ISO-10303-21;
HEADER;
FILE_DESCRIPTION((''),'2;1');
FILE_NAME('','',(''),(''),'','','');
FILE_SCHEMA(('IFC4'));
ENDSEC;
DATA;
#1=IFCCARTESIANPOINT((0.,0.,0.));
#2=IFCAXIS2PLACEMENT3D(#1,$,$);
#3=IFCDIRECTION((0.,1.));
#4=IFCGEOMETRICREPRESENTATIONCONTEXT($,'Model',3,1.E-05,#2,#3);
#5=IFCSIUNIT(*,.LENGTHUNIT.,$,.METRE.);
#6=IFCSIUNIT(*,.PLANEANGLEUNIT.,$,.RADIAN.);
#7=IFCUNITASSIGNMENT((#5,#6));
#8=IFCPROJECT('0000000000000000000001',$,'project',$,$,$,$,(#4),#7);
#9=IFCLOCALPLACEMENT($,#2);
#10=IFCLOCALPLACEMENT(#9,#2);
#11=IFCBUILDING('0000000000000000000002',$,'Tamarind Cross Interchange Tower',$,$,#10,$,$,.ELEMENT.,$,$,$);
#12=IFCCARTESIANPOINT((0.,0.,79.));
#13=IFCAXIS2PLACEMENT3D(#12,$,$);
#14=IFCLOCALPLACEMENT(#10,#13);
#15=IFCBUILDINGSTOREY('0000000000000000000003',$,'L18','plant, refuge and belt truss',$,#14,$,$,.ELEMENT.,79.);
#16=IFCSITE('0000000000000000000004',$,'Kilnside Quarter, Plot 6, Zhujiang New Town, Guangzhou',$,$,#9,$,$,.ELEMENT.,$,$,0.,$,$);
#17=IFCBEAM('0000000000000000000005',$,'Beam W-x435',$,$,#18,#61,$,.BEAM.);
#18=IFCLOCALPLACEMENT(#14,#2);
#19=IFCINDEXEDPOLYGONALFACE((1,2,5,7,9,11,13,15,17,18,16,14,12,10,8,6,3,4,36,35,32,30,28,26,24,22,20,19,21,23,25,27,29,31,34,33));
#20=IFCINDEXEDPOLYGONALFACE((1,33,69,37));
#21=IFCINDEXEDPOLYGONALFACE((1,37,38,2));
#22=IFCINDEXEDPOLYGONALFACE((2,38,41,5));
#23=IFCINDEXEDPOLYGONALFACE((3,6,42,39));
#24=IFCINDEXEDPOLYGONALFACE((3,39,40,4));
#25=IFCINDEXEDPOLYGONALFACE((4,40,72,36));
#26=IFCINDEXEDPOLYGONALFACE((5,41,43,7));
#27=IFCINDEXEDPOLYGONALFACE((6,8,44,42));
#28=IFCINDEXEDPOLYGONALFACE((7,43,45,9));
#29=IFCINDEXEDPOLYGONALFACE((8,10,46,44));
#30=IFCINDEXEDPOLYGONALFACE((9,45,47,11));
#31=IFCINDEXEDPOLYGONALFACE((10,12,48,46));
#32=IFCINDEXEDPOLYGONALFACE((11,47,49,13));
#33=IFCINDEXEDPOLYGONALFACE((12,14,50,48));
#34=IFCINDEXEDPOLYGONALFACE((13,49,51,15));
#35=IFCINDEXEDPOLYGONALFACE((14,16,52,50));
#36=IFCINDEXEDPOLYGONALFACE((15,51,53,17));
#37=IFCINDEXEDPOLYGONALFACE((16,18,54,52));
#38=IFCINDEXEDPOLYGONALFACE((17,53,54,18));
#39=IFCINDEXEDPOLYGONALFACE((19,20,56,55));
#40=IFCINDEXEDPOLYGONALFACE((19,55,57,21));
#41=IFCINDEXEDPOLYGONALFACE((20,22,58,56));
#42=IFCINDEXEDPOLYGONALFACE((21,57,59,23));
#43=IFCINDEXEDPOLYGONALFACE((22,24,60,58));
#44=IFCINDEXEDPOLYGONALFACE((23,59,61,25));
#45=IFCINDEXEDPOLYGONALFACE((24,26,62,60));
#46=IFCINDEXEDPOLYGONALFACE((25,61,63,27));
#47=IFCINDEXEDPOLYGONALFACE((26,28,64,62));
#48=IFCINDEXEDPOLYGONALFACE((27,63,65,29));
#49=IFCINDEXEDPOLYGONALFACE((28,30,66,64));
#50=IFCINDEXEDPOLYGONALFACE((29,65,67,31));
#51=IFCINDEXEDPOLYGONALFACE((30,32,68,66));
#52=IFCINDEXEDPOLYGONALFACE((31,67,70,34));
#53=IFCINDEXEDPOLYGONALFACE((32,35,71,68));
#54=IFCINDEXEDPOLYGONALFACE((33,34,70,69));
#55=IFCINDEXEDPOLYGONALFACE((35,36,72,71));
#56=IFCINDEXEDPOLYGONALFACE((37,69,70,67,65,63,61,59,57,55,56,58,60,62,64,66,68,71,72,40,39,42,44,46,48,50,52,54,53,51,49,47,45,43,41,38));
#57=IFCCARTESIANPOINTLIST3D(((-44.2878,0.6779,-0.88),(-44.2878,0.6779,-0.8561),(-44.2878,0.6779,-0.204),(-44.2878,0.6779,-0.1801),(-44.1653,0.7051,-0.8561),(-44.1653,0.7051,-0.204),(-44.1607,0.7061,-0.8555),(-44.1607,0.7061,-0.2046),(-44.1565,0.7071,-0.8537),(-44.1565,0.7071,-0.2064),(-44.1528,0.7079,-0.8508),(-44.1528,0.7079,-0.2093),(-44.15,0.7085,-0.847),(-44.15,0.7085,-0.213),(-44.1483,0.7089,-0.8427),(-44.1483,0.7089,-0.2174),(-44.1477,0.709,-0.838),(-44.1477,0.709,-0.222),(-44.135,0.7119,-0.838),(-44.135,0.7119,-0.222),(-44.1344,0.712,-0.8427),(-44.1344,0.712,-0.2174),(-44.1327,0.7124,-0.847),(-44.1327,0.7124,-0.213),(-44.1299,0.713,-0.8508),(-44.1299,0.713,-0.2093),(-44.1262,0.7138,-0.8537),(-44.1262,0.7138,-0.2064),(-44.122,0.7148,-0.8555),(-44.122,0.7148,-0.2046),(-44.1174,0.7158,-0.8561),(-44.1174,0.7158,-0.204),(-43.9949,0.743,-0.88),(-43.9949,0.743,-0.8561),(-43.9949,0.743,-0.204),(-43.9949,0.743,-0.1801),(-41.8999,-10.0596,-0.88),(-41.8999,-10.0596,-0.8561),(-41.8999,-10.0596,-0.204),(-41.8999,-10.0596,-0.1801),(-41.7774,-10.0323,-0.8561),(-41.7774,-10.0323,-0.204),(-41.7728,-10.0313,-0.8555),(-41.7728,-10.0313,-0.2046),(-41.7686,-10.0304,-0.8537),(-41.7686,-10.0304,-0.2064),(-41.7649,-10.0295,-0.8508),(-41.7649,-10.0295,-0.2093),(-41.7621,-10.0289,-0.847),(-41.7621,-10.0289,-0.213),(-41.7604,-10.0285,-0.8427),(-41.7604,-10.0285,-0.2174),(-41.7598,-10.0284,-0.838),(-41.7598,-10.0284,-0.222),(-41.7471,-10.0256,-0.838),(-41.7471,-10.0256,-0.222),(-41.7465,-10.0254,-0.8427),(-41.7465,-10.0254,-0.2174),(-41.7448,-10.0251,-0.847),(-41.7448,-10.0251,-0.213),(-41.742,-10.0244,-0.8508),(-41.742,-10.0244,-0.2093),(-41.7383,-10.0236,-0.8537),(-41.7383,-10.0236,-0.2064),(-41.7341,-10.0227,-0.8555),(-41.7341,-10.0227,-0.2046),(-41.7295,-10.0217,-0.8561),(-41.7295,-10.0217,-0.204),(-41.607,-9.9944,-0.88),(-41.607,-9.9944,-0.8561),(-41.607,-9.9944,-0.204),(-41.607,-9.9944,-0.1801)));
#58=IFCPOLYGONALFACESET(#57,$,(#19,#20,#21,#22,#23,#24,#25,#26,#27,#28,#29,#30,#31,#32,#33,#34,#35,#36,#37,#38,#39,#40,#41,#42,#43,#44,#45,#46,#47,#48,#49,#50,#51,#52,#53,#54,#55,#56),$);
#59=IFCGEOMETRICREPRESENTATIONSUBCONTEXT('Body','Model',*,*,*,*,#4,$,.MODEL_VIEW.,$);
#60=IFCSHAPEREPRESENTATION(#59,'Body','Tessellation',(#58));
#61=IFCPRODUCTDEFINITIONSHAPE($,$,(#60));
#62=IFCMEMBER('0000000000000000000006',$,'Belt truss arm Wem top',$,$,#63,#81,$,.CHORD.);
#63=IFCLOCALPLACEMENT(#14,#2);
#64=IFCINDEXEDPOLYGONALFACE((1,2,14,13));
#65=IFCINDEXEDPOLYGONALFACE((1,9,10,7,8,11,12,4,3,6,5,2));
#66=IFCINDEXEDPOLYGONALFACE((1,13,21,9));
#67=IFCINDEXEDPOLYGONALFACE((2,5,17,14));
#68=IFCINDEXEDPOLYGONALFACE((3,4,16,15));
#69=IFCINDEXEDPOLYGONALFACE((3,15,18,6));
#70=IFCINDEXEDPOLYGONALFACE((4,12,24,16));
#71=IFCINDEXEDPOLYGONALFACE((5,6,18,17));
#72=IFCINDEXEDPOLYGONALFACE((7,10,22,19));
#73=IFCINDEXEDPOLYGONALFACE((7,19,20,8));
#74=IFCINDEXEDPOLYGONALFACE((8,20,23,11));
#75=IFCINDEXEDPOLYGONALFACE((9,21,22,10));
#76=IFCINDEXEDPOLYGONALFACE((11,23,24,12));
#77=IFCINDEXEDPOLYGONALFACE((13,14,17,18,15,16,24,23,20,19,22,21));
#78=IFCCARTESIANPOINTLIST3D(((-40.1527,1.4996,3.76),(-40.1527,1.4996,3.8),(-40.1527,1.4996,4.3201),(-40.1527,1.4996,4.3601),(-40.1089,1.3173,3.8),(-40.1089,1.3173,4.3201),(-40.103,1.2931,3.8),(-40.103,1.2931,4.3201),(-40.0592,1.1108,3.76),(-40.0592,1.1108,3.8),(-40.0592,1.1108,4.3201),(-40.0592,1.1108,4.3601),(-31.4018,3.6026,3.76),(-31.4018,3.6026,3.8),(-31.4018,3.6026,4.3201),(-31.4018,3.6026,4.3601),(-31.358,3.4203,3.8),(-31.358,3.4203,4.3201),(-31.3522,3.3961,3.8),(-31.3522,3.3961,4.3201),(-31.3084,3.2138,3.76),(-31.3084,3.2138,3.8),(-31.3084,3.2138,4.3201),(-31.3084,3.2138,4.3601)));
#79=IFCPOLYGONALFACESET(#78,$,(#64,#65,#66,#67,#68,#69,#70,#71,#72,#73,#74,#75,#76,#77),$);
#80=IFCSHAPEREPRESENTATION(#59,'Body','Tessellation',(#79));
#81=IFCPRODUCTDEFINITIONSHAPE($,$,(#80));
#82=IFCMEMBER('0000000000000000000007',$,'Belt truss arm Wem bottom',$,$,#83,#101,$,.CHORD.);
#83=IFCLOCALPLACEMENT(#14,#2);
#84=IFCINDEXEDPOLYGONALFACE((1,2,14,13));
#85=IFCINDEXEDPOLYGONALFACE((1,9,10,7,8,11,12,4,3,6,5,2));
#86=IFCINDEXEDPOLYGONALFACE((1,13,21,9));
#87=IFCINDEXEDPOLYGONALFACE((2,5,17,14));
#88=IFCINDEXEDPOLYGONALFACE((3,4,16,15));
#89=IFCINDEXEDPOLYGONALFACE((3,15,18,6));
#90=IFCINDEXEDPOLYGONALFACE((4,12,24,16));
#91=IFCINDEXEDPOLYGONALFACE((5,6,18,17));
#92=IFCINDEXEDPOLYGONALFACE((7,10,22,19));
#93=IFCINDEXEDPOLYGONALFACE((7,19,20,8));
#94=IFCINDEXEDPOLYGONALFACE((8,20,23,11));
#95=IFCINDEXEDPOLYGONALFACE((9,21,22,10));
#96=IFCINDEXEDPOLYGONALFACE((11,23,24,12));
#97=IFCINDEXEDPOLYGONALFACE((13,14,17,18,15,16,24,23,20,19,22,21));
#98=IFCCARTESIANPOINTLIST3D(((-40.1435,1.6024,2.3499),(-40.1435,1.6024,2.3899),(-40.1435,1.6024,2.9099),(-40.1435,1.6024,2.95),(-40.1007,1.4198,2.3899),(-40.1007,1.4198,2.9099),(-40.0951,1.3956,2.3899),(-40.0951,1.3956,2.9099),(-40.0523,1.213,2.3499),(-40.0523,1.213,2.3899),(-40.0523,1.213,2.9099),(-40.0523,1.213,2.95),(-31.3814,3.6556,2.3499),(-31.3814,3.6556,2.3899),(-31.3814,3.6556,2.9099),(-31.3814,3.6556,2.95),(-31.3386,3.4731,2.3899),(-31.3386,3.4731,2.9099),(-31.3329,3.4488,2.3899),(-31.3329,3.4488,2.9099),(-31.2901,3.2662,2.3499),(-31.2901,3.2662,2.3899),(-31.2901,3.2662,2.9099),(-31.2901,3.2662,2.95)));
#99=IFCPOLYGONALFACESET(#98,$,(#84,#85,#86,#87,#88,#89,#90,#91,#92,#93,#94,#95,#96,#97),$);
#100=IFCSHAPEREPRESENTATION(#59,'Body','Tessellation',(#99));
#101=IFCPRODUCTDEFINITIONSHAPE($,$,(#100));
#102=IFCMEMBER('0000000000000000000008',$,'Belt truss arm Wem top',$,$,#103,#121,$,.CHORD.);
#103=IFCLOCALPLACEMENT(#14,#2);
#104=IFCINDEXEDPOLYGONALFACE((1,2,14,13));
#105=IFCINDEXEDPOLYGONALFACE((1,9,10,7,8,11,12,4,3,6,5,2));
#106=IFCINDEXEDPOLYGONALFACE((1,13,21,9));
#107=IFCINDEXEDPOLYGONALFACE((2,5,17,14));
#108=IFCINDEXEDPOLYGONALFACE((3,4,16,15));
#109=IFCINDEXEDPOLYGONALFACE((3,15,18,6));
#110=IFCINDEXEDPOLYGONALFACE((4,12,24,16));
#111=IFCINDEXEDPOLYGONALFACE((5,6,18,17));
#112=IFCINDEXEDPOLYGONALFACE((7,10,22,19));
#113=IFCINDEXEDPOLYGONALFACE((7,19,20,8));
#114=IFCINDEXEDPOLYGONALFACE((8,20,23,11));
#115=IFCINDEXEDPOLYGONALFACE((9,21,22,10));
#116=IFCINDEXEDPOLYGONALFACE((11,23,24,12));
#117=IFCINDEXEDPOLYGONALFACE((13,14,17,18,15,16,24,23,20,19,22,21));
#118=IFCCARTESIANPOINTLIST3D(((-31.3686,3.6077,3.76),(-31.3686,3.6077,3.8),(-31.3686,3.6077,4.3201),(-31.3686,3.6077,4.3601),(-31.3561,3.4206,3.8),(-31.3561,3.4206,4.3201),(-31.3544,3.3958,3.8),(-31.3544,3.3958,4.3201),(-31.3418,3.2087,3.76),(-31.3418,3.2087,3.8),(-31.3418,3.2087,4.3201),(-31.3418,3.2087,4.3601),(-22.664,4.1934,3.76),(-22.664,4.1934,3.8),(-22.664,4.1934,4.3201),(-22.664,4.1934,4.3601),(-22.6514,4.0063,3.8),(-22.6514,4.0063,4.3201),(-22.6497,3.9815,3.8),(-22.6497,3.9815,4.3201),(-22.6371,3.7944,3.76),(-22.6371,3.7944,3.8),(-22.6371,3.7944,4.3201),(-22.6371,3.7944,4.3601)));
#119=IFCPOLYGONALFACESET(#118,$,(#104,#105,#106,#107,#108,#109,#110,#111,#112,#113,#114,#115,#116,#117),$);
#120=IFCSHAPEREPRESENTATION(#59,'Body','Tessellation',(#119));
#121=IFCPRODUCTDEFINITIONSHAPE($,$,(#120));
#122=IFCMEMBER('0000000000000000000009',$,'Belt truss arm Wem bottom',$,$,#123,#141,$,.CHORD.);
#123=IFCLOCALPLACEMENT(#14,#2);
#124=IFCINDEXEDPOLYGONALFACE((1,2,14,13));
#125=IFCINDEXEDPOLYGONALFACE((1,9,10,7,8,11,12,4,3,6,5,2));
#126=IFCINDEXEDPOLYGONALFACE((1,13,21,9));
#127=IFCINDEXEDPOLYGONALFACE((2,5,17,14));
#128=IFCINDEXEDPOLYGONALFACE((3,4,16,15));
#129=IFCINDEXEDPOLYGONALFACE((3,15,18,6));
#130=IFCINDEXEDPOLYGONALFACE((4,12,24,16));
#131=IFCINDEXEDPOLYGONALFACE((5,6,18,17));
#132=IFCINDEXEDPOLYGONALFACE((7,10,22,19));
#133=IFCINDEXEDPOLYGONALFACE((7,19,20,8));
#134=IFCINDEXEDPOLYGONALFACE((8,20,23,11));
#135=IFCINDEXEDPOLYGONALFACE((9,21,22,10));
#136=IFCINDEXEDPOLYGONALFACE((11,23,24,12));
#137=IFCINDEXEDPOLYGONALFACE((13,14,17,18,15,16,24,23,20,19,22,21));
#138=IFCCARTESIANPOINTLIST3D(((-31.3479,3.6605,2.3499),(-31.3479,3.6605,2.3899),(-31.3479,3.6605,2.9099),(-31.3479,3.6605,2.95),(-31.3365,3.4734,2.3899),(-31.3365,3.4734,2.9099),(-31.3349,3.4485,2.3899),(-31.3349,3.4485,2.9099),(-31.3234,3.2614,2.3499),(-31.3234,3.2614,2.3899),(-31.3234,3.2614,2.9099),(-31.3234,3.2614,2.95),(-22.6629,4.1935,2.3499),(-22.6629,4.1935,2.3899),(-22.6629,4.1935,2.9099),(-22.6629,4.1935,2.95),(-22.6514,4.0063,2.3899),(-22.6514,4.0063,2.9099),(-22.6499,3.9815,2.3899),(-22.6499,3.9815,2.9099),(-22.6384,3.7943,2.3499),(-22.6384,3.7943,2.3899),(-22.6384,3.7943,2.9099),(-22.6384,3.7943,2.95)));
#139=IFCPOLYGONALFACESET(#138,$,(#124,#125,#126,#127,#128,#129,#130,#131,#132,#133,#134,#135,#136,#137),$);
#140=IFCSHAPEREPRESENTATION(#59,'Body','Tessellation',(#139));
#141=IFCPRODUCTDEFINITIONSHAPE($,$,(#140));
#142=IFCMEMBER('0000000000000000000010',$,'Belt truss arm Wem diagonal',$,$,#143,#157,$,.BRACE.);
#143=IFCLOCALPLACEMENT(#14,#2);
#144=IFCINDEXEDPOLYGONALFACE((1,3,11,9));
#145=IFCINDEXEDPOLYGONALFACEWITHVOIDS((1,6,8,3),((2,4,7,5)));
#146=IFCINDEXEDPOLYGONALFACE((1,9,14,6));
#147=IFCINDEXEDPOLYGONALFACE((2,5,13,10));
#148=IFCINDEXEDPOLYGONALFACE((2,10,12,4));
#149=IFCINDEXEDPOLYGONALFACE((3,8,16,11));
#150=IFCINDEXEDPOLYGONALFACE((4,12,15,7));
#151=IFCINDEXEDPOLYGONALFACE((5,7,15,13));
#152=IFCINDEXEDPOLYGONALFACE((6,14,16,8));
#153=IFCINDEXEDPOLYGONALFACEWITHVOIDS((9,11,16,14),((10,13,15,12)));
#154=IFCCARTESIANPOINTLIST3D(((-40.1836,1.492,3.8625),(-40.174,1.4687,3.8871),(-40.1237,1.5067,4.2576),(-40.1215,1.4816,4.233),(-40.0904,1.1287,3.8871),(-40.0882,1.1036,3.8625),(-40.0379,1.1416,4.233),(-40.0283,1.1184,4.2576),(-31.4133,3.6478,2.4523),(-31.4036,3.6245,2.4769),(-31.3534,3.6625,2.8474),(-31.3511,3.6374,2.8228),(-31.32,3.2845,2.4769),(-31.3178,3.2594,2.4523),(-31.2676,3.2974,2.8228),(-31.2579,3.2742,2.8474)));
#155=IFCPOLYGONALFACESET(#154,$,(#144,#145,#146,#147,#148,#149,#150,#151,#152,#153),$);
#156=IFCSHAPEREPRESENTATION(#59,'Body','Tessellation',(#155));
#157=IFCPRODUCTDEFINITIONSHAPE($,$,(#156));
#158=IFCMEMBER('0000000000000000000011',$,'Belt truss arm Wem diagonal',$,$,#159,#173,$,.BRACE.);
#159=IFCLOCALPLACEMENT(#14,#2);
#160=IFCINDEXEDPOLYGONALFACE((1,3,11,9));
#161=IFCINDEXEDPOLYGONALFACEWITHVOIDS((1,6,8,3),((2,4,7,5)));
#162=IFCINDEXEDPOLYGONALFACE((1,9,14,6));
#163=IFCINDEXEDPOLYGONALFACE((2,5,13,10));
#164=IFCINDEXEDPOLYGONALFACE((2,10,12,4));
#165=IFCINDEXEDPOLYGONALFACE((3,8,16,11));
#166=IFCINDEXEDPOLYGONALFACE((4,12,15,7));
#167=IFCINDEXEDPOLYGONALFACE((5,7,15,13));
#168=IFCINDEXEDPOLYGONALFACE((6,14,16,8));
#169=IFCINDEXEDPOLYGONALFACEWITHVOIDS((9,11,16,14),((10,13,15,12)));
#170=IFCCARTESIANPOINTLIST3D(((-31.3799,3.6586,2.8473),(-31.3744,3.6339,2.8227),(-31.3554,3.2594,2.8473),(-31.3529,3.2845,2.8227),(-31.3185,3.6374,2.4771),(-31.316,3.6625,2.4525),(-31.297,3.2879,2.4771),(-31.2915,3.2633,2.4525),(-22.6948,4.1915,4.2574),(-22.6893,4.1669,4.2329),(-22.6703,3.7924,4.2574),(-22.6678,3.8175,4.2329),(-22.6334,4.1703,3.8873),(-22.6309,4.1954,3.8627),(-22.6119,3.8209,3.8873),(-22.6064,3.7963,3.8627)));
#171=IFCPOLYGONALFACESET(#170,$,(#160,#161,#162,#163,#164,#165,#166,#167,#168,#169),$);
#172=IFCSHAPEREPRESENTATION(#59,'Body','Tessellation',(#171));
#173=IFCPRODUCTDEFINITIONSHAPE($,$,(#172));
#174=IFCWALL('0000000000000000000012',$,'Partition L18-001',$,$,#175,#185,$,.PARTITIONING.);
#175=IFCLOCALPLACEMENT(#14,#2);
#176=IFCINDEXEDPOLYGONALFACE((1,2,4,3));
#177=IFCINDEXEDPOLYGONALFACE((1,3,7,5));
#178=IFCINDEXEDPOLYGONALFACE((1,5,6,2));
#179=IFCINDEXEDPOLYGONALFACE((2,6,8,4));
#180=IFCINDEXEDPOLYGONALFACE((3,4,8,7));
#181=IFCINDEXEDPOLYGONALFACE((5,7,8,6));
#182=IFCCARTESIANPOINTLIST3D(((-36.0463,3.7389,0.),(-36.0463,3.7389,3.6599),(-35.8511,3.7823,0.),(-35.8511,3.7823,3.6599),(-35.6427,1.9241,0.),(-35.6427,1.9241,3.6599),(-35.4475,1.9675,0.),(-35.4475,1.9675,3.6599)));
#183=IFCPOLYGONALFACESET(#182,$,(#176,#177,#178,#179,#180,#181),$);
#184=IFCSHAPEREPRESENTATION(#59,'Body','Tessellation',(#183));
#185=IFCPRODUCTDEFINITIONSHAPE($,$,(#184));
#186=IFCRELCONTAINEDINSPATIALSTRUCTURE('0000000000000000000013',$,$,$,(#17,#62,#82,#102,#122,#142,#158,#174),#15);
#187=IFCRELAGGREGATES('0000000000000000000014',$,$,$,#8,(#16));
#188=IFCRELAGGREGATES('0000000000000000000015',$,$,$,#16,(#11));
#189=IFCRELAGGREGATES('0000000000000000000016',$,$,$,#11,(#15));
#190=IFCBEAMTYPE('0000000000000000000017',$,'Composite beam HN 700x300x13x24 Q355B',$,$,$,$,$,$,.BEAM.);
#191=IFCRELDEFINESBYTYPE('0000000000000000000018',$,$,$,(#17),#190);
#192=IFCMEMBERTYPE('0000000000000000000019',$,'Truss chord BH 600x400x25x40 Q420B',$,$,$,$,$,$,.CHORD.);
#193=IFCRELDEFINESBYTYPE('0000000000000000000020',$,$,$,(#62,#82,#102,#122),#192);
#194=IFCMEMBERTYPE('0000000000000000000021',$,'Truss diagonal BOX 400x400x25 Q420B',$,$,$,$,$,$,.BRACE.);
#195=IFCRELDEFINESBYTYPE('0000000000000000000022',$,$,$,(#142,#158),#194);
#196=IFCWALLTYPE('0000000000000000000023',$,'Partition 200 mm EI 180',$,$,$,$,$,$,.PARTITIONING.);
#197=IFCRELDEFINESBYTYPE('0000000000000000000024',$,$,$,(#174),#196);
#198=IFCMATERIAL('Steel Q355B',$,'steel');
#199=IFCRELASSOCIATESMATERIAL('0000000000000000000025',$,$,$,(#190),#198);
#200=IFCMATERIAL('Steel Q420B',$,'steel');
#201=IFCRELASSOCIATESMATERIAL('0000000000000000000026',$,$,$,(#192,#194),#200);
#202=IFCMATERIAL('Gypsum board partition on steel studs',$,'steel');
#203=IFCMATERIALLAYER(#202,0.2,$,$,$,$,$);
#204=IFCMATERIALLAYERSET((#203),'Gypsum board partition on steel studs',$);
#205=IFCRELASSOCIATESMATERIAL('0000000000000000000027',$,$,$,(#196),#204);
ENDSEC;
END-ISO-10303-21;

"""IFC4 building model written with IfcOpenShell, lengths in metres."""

from ifc_helpers import new_model, si_unit, direction, frame, frame_2d, origin, origin_2d, place, context, subcontext, project, spatial, rectangle, hollow_rectangle, i_section, extrude, material, layer, layer_set, material_profile, profile_set, type_object, element, save


model = new_model("IFC4")

# Units and contexts
model_context = context("Model", 3, precision=1e-05, world=origin(), true_north=direction((0.0, 1.0)))
body_context = subcontext(model_context, "Body", "Model", "MODEL_VIEW")
ifc_project = project(units=[si_unit("LENGTHUNIT", "METRE"), si_unit("PLANEANGLEUNIT", "RADIAN")], contexts=[model_context])

# Site, building, storey
site_placement = place(None, origin())
site = spatial("IfcSite", under=ifc_project, at=site_placement, Name="Kilnside Quarter, Plot 6, Zhujiang New Town, Guangzhou", CompositionType="ELEMENT", RefElevation=0.0)
building_placement = place(site_placement, origin())
building = spatial("IfcBuilding", under=site, at=building_placement, Name="Tamarind Cross Interchange Tower", CompositionType="ELEMENT")
storey_placement = place(building_placement, frame((0.0, 0.0, 79.0)))
storey = spatial("IfcBuildingStorey", under=building, at=storey_placement, Name="L18", Description="plant, refuge and belt truss", CompositionType="ELEMENT", Elevation=79.0)

# Beam
ifc_material_1 = material(Name="Steel Q355B", Category="steel")
ifc_material_profile_1 = material_profile(ifc_material_1, i_section(OverallWidth=0.3, OverallDepth=0.7, WebThickness=0.0129, FlangeThickness=0.0239, FilletRadius=0.0181, at=origin_2d()), Name="HN 700x300x13x24")
ifc_profile_set_1 = profile_set([ifc_material_profile_1], Name="Steel Q355B")
beam_type_1 = type_object("IfcBeamType", Name="Composite beam HN 700x300x13x24 Q355B", PredefinedType="BEAM", material=ifc_profile_set_1)
for number, where, z_axis, x_axis, name in (
    (1, (-44.1414, 0.7104, -0.53), (0.217088, -0.976152, 0.0), (0.976152, 0.217088, 0.0), "Beam W-x435"),
):
    element("IfcBeam", number, at=place(storey_placement, frame(where, z_axis=z_axis, x_axis=x_axis)), inside=storey, type_object=beam_type_1, Name=name, PredefinedType="BEAM", context=body_context, shape_type="SweptSolid", body=[
        extrude(i_section(OverallWidth=0.3, OverallDepth=0.7, WebThickness=0.0129, FlangeThickness=0.0239, FilletRadius=0.0181, at=origin_2d()), origin(), (0.0, 0.0, 1.0), 10.9998),
    ])

# Members
ifc_material_2 = material(Name="Steel Q420B", Category="steel")
ifc_material_profile_2 = material_profile(ifc_material_2, i_section(OverallWidth=0.3999, OverallDepth=0.6001, WebThickness=0.0249, FlangeThickness=0.04, at=origin_2d()), Name="BH 600x400x25x40")
ifc_profile_set_2 = profile_set([ifc_material_profile_2], Name="Steel Q420B")
member_type_1 = type_object("IfcMemberType", Name="Truss chord BH 600x400x25x40 Q420B", PredefinedType="CHORD", material=ifc_profile_set_2)
member_1_placement = place(storey_placement, frame((-40.106, 1.3052, 4.0601), z_axis=(0.972315, 0.233673, 0.0), x_axis=(-0.233673, 0.972315, 0.0)))
element("IfcMember", 2, at=member_1_placement, inside=storey, type_object=member_type_1, Name="Belt truss arm Wem top", PredefinedType="CHORD", context=body_context, shape_type="SweptSolid", body=[
    extrude(i_section(OverallWidth=0.3999, OverallDepth=0.6001, WebThickness=0.0249, FlangeThickness=0.04, at=origin_2d()), origin(), (0.0, 0.0, 1.0), 9.0),
])
member_2_placement = place(storey_placement, frame((-40.0979, 1.4077, 2.6499), z_axis=(0.973627, 0.228147, 0.0), x_axis=(-0.228147, 0.973627, 0.0)))
element("IfcMember", 3, at=member_2_placement, inside=storey, type_object=member_type_1, Name="Belt truss arm Wem bottom", PredefinedType="CHORD", context=body_context, shape_type="SweptSolid", body=[
    extrude(i_section(OverallWidth=0.3999, OverallDepth=0.6001, WebThickness=0.0249, FlangeThickness=0.04, at=origin_2d()), origin(), (0.0, 0.0, 1.0), 8.9995),
])
member_3_placement = place(storey_placement, frame((-31.3552, 3.4082, 4.0601), z_axis=(0.997744, 0.067134, 0.0), x_axis=(-0.067134, 0.997744, 0.0)))
element("IfcMember", 4, at=member_3_placement, inside=storey, type_object=member_type_1, Name="Belt truss arm Wem top", PredefinedType="CHORD", context=body_context, shape_type="SweptSolid", body=[
    extrude(i_section(OverallWidth=0.3999, OverallDepth=0.6001, WebThickness=0.0249, FlangeThickness=0.04, at=origin_2d()), origin(), (0.0, 0.0, 1.0), 8.7244),
])
member_4_placement = place(storey_placement, frame((-31.3357, 3.4609, 2.6499), z_axis=(0.998122, 0.06125, 0.0), x_axis=(-0.06125, 0.998122, 0.0)))
element("IfcMember", 5, at=member_4_placement, inside=storey, type_object=member_type_1, Name="Belt truss arm Wem bottom", PredefinedType="CHORD", context=body_context, shape_type="SweptSolid", body=[
    extrude(i_section(OverallWidth=0.3999, OverallDepth=0.6001, WebThickness=0.0249, FlangeThickness=0.04, at=origin_2d()), origin(), (0.0, 0.0, 1.0), 8.7014),
])
ifc_material_profile_3 = material_profile(ifc_material_2, hollow_rectangle(XDim=0.3999, YDim=0.3999, WallThickness=0.0249, at=origin_2d()), Name="BOX 400x400x25")
ifc_profile_set_3 = profile_set([ifc_material_profile_3], Name="Steel Q420B")
member_type_2 = type_object("IfcMemberType", Name="Truss diagonal BOX 400x400x25 Q420B", PredefinedType="BRACE", material=ifc_profile_set_3)
member_5_placement = place(storey_placement, frame((-40.106, 1.3052, 4.0601), z_axis=(0.959468, 0.235841, -0.154271), x_axis=(-0.238698, 0.971094, 0.0)))
element("IfcMember", 6, at=member_5_placement, inside=storey, type_object=member_type_2, Name="Belt truss arm Wem diagonal", PredefinedType="BRACE", context=body_context, shape_type="SweptSolid", body=[
    extrude(hollow_rectangle(XDim=0.3999, YDim=0.3999, WallThickness=0.0249, at=origin_2d()), origin(), (0.0, 0.0, 1.0), 9.1409),
])
member_6_placement = place(storey_placement, frame((-31.3357, 3.4609, 2.6499), z_axis=(0.985268, 0.060461, 0.159974), x_axis=(-0.06125, 0.998122, 0.0)))
element("IfcMember", 7, at=member_6_placement, inside=storey, type_object=member_type_2, Name="Belt truss arm Wem diagonal", PredefinedType="BRACE", context=body_context, shape_type="SweptSolid", body=[
    extrude(hollow_rectangle(XDim=0.3999, YDim=0.3999, WallThickness=0.0249, at=origin_2d()), origin(), (0.0, 0.0, 1.0), 8.8149),
])

# Wall
ifc_material_3 = material(Name="Gypsum board partition on steel studs", Category="steel")
ifc_layer_1 = layer(ifc_material_3, 0.2)
ifc_layer_set_1 = layer_set([ifc_layer_1], Name="Gypsum board partition on steel studs")
wall_type_1 = type_object("IfcWallType", Name="Partition 200 mm EI 180", PredefinedType="PARTITIONING", material=ifc_layer_set_1)
wall_1_placement = place(storey_placement, frame((-35.9487, 3.7607, 0.0), z_axis=(0.0, 0.0, 1.0), x_axis=(0.217083, -0.976153, 0.0)))
element("IfcWall", 8, at=wall_1_placement, inside=storey, type_object=wall_type_1, Name="Partition L18-001", PredefinedType="PARTITIONING", context=body_context, shape_type="SweptSolid", body=[
    extrude(rectangle(XDim=1.8591, YDim=0.2, at=frame_2d((0.9297, 0.0))), origin(), (0.0, 0.0, 1.0), 3.6599),
])

save(model, "model.ifc")
